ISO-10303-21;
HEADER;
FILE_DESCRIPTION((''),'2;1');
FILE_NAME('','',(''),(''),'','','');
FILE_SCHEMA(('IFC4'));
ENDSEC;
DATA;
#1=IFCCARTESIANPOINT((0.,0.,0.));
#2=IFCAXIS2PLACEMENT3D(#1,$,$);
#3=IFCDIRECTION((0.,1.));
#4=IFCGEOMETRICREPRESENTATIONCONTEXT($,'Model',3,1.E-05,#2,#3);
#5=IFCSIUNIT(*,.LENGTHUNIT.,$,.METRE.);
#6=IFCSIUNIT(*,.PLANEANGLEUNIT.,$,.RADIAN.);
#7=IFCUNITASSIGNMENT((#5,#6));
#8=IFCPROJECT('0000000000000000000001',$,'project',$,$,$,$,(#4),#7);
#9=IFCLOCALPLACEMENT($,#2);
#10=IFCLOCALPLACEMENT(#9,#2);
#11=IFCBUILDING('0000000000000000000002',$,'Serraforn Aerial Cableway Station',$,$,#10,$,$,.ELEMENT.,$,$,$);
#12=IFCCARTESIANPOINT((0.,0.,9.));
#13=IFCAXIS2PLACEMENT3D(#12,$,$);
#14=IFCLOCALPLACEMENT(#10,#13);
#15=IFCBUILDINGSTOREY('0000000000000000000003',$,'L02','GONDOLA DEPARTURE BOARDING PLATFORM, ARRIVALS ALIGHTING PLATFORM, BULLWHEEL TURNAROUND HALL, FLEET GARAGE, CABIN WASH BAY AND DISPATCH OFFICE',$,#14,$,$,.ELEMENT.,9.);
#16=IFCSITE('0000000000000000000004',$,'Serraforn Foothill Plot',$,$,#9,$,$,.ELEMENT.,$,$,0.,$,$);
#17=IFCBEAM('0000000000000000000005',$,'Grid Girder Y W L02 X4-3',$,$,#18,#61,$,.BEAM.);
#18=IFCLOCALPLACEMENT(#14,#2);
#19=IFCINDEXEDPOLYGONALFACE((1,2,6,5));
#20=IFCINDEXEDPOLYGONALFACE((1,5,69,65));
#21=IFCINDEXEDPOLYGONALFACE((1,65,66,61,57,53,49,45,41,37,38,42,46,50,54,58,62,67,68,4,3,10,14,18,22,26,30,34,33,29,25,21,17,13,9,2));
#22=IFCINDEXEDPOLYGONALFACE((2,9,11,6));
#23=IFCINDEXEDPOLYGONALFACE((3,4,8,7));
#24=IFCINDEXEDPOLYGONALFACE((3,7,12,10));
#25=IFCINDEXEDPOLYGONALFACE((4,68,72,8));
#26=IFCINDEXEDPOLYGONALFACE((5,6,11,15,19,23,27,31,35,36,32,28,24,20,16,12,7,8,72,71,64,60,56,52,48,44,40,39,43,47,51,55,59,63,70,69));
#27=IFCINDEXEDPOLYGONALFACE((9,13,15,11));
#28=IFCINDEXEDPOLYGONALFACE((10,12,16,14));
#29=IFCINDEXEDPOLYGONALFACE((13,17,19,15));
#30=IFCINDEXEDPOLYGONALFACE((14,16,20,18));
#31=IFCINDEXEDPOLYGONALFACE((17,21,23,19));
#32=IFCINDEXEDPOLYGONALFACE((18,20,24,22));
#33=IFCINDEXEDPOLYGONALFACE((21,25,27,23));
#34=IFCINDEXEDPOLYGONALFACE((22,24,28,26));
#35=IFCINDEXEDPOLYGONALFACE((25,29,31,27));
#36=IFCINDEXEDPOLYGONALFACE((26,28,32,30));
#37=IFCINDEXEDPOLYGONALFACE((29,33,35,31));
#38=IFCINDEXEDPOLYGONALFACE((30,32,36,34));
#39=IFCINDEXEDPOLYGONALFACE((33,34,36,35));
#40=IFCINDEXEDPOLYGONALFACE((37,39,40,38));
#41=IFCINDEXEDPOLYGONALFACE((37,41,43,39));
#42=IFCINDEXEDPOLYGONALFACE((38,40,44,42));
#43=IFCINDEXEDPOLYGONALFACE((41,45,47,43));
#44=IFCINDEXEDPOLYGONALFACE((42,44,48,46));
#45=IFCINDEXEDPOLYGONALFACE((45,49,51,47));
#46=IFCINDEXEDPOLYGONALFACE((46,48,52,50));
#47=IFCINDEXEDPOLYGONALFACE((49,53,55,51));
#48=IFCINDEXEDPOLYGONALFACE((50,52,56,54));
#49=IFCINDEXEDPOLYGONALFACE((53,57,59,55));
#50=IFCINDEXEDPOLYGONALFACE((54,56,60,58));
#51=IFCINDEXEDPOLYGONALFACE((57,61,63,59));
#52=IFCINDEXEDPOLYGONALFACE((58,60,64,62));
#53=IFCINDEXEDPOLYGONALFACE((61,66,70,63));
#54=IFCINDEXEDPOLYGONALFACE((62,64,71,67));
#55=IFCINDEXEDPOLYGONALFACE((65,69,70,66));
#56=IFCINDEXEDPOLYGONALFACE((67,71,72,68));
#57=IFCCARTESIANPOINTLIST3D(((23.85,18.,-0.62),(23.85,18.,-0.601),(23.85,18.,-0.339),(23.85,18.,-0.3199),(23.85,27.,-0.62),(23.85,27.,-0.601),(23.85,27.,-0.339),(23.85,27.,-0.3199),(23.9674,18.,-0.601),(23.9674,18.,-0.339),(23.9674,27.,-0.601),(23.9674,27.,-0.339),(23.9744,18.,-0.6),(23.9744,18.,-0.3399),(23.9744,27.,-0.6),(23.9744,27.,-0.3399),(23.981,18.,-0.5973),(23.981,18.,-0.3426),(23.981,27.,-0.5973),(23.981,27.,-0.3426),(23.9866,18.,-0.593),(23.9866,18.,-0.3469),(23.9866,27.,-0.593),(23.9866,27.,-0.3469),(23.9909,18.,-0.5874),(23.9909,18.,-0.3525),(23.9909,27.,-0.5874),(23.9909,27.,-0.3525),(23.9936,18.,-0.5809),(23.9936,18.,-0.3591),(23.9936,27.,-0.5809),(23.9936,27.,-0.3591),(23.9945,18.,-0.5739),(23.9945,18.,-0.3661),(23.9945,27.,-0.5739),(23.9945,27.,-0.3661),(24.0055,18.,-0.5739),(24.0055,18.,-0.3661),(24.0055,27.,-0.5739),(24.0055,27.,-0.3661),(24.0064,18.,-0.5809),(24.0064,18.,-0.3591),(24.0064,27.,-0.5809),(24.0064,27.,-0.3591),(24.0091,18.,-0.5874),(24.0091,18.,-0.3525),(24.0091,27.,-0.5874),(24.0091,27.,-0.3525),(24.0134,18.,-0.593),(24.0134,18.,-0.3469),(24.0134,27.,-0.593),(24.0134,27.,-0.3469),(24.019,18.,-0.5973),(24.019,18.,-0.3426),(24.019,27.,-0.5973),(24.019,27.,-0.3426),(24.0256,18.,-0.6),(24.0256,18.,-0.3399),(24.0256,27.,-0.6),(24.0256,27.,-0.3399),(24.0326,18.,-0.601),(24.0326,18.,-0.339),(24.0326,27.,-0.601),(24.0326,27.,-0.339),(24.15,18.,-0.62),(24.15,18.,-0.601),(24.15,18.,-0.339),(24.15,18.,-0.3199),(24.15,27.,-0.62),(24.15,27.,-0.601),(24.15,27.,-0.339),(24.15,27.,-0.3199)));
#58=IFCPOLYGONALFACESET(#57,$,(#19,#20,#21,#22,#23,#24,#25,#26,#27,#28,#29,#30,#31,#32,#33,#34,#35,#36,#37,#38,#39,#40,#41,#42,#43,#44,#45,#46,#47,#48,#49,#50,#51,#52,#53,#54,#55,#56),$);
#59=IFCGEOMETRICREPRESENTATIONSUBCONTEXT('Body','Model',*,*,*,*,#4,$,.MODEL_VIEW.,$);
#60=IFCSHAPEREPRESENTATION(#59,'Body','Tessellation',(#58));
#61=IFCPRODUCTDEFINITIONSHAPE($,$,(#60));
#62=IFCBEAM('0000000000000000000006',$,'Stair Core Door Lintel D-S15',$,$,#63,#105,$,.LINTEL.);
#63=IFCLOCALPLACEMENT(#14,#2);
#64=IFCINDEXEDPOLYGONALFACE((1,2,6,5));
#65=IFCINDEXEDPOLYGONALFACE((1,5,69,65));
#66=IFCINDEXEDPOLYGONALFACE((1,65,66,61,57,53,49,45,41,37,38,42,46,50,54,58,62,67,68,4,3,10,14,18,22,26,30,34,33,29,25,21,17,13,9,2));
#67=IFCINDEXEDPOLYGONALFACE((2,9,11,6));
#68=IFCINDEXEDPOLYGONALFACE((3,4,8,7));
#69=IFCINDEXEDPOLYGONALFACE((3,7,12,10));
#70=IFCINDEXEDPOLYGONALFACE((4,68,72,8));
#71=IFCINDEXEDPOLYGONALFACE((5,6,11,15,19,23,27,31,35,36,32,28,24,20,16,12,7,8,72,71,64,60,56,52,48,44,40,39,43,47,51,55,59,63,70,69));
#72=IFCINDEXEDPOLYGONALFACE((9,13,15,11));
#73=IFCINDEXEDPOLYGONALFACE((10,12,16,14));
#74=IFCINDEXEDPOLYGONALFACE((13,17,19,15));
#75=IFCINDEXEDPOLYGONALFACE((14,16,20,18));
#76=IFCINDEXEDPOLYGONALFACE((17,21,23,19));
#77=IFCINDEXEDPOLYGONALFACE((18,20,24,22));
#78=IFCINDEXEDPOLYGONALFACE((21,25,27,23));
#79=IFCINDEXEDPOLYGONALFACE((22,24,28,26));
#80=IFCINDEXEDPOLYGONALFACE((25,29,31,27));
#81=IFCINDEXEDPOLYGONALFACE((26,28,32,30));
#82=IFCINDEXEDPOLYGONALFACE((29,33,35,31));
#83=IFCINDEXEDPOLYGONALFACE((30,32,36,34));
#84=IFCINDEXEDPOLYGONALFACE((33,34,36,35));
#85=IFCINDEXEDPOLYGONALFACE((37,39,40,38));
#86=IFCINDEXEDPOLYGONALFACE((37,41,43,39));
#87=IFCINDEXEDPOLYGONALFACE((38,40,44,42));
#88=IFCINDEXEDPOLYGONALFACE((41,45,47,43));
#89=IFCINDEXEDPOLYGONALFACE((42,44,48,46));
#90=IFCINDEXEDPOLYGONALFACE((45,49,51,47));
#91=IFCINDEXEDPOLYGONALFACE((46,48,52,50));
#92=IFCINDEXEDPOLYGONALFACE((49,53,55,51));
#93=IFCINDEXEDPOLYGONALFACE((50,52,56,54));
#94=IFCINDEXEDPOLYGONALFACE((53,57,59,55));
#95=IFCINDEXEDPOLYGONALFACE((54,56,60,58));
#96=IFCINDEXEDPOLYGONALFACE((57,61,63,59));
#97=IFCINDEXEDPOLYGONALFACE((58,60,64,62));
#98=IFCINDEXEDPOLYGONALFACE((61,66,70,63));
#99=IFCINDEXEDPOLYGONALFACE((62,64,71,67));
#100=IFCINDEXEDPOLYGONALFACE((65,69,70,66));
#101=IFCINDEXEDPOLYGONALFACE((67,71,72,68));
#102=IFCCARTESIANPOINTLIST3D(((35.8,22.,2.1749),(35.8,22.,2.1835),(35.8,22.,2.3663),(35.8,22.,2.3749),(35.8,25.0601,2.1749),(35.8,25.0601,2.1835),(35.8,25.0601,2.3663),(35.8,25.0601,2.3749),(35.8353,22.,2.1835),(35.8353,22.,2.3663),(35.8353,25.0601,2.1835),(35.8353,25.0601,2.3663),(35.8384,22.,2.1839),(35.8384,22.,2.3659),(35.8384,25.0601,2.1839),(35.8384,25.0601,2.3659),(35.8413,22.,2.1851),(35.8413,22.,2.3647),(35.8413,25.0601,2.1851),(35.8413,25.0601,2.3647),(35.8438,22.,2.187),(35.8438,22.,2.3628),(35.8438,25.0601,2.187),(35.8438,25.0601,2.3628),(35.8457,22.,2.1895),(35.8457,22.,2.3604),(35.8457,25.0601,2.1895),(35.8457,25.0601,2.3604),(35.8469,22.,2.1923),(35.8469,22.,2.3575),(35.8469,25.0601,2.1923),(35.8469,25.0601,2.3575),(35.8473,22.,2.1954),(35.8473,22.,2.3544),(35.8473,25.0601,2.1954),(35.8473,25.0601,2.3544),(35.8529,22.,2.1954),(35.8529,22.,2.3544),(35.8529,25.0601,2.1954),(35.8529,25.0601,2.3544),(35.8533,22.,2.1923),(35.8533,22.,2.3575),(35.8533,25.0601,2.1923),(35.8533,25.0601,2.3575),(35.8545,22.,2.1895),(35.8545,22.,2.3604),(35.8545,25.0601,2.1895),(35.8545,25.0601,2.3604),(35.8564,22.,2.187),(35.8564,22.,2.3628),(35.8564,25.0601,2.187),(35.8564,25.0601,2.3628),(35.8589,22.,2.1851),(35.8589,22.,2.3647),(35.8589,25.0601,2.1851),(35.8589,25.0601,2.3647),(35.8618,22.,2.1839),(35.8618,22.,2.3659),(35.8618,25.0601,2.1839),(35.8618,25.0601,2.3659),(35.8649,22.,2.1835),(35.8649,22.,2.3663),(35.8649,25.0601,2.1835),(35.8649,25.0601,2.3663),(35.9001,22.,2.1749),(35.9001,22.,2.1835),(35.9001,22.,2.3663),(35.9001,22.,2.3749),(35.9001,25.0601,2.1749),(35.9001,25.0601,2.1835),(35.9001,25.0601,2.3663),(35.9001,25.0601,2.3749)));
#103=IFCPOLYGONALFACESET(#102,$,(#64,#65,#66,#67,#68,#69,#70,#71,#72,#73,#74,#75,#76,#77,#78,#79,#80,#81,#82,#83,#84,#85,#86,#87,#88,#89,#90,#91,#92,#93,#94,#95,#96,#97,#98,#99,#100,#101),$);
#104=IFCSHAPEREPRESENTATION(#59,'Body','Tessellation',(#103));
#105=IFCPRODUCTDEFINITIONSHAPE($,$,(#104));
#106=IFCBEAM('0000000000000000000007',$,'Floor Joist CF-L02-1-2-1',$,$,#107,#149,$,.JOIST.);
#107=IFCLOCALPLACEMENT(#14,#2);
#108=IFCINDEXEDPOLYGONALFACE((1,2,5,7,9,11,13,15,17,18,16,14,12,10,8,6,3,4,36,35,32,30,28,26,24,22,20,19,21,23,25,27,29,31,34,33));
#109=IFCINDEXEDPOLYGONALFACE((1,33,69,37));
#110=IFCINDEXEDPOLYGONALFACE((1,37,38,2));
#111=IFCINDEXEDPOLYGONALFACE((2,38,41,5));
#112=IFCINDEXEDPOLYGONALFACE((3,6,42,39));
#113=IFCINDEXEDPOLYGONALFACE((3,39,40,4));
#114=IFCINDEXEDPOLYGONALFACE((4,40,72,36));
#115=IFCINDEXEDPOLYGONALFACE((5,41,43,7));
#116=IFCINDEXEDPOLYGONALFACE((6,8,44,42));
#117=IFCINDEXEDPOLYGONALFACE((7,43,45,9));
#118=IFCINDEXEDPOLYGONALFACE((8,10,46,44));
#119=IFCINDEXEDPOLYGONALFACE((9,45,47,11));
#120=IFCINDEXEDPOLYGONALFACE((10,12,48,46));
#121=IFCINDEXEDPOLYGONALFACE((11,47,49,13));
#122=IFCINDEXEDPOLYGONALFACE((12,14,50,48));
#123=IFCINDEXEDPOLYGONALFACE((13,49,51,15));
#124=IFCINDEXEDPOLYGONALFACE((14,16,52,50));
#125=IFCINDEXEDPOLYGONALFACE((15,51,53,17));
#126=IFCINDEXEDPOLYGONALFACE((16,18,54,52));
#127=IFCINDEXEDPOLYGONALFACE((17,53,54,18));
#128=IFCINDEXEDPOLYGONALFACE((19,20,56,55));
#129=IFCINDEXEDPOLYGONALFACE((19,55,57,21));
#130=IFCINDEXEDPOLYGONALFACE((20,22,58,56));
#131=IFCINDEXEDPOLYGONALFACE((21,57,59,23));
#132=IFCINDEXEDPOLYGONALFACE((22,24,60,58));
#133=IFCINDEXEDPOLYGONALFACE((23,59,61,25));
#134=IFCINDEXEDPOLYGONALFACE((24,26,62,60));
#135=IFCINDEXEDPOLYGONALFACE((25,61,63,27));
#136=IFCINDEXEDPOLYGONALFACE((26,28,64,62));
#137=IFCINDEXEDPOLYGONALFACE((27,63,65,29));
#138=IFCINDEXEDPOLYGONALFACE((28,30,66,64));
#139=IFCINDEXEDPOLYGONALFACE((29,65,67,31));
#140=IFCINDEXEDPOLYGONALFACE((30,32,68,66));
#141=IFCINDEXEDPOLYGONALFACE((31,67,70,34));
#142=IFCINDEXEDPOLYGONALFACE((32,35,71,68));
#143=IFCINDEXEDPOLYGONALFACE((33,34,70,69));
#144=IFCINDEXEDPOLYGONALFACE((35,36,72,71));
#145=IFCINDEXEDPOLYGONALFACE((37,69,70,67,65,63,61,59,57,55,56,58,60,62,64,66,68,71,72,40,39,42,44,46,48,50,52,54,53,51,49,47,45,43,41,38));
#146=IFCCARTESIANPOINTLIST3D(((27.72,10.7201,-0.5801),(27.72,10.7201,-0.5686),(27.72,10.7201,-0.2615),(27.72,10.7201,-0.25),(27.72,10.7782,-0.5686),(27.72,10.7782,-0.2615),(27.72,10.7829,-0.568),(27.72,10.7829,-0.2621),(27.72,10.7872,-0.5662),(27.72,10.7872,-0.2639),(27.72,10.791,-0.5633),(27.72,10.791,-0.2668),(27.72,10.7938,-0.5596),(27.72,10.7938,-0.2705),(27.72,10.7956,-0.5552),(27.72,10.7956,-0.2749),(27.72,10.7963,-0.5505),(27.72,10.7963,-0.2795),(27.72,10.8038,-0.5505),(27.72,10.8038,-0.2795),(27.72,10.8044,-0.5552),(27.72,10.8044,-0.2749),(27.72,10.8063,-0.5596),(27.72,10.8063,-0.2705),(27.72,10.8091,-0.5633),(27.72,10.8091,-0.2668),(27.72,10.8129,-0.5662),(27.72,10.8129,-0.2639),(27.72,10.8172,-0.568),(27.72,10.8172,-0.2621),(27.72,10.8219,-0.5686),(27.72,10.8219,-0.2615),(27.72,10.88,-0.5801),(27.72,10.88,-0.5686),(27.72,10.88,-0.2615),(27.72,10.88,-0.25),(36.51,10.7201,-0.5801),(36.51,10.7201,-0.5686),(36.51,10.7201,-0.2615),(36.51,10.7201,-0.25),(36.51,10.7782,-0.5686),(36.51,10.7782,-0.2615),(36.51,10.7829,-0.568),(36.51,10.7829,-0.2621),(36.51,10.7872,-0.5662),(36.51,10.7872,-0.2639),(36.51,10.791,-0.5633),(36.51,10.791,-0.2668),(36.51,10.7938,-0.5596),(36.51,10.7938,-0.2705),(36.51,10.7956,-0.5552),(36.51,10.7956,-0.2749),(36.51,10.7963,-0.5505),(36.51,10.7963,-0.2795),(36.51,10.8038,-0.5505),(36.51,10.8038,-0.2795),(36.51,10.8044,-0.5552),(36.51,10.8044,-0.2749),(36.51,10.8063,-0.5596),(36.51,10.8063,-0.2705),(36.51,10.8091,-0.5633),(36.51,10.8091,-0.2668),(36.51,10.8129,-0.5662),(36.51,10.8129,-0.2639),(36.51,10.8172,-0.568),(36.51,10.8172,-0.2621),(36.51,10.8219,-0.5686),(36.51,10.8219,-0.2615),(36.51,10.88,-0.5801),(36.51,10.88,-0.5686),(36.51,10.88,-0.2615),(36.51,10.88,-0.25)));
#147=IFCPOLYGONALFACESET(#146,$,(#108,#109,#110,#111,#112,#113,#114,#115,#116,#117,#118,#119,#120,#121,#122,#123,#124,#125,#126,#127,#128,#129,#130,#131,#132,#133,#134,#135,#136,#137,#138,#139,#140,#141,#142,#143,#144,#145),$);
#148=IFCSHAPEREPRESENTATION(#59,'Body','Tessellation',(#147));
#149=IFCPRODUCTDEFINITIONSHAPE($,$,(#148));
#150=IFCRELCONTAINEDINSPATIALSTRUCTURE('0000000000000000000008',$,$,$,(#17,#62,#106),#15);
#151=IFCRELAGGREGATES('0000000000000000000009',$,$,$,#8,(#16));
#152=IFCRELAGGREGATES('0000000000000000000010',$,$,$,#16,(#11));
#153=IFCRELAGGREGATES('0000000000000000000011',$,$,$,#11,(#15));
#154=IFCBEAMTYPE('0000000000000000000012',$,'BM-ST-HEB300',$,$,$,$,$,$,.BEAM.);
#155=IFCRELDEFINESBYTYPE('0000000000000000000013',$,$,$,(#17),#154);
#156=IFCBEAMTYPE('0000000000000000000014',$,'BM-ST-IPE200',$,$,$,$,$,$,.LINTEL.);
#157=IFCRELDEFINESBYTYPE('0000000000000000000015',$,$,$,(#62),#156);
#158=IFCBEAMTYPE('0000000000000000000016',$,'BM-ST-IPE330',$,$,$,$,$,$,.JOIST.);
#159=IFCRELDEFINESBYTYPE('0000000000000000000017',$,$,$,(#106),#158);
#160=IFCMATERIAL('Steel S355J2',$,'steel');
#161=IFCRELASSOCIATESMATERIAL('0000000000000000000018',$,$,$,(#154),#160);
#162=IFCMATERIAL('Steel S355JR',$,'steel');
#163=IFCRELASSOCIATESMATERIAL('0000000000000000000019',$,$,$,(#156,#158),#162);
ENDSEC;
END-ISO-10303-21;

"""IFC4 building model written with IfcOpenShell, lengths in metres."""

from ifc_helpers import new_model, si_unit, direction, frame, origin, origin_2d, place, context, subcontext, project, spatial, i_section, extrude, material, material_profile, profile_set, type_object, element, save


model = new_model("IFC4")

# Units and contexts
model_context = context("Model", 3, precision=1e-05, world=origin(), true_north=direction((0.0, 1.0)))
body_context = subcontext(model_context, "Body", "Model", "MODEL_VIEW")
ifc_project = project(units=[si_unit("LENGTHUNIT", "METRE"), si_unit("PLANEANGLEUNIT", "RADIAN")], contexts=[model_context])

# Site, building, storey
site_placement = place(None, origin())
site = spatial("IfcSite", under=ifc_project, at=site_placement, Name="Serraforn Foothill Plot", CompositionType="ELEMENT", RefElevation=0.0)
building_placement = place(site_placement, origin())
building = spatial("IfcBuilding", under=site, at=building_placement, Name="Serraforn Aerial Cableway Station", CompositionType="ELEMENT")
storey_placement = place(building_placement, frame((0.0, 0.0, 9.0)))
storey = spatial("IfcBuildingStorey", under=building, at=storey_placement, Name="L02", Description="GONDOLA DEPARTURE BOARDING PLATFORM, ARRIVALS ALIGHTING PLATFORM, BULLWHEEL TURNAROUND HALL, FLEET GARAGE, CABIN WASH BAY AND DISPATCH OFFICE", CompositionType="ELEMENT", Elevation=9.0)

# Shared definitions
ifc_material_1 = material(Name="Steel S355J2", Category="steel")

# Beams
ifc_material_profile_1 = material_profile(ifc_material_1, i_section(OverallWidth=0.3, OverallDepth=0.3, WebThickness=0.011, FlangeThickness=0.019, FilletRadius=0.0271, at=origin_2d()), Name="HEB 300")
ifc_profile_set_1 = profile_set([ifc_material_profile_1], Name="Steel S355J2")
beam_type_1 = type_object("IfcBeamType", Name="BM-ST-HEB300", PredefinedType="BEAM", material=ifc_profile_set_1)
beam_1_placement = place(storey_placement, frame((24.0, 18.0, -0.47), z_axis=(0.0, 1.0, 0.0), x_axis=(-1.0, 0.0, 0.0)))
element("IfcBeam", 1, at=beam_1_placement, inside=storey, type_object=beam_type_1, Name="Grid Girder Y W L02 X4-3", PredefinedType="BEAM", context=body_context, shape_type="SweptSolid", body=[
    extrude(i_section(OverallWidth=0.3, OverallDepth=0.3, WebThickness=0.011, FlangeThickness=0.019, FilletRadius=0.0271, at=origin_2d()), origin(), (0.0, 0.0, 1.0), 9.0),
])
ifc_material_2 = material(Name="Steel S355JR", Category="steel")
ifc_material_profile_2 = material_profile(ifc_material_2, i_section(OverallWidth=0.1001, OverallDepth=0.2, WebThickness=0.0056, FlangeThickness=0.0085, FilletRadius=0.012, at=origin_2d()), Name="IPE 200")
ifc_profile_set_2 = profile_set([ifc_material_profile_2], Name="Steel S355JR")
beam_type_2 = type_object("IfcBeamType", Name="BM-ST-IPE200", PredefinedType="LINTEL", material=ifc_profile_set_2)
beam_2_placement = place(storey_placement, frame((35.8501, 25.0601, 2.2749), z_axis=(0.0, -1.0, 0.0), x_axis=(1.0, 0.0, 0.0)))
element("IfcBeam", 2, at=beam_2_placement, inside=storey, type_object=beam_type_2, Name="Stair Core Door Lintel D-S15", PredefinedType="LINTEL", context=body_context, shape_type="SweptSolid", body=[
    extrude(i_section(OverallWidth=0.1001, OverallDepth=0.2, WebThickness=0.0056, FlangeThickness=0.0085, FilletRadius=0.012, at=origin_2d()), origin(), (0.0, 0.0, 1.0), 3.0601),
])
ifc_material_profile_3 = material_profile(ifc_material_2, i_section(OverallWidth=0.1599, OverallDepth=0.3301, WebThickness=0.0076, FlangeThickness=0.0115, FilletRadius=0.0181, at=origin_2d()), Name="IPE 330")
ifc_profile_set_3 = profile_set([ifc_material_profile_3], Name="Steel S355JR")
beam_type_3 = type_object("IfcBeamType", Name="BM-ST-IPE330", PredefinedType="JOIST", material=ifc_profile_set_3)
beam_3_placement = place(storey_placement, frame((27.72, 10.8, -0.415), z_axis=(1.0, 0.0, 0.0), x_axis=(0.0, 1.0, 0.0)))
element("IfcBeam", 3, at=beam_3_placement, inside=storey, type_object=beam_type_3, Name="Floor Joist CF-L02-1-2-1", PredefinedType="JOIST", context=body_context, shape_type="SweptSolid", body=[
    extrude(i_section(OverallWidth=0.1599, OverallDepth=0.3301, WebThickness=0.0076, FlangeThickness=0.0115, FilletRadius=0.0181, at=origin_2d()), origin(), (0.0, 0.0, 1.0), 8.79),
])

save(model, "model.ifc")
